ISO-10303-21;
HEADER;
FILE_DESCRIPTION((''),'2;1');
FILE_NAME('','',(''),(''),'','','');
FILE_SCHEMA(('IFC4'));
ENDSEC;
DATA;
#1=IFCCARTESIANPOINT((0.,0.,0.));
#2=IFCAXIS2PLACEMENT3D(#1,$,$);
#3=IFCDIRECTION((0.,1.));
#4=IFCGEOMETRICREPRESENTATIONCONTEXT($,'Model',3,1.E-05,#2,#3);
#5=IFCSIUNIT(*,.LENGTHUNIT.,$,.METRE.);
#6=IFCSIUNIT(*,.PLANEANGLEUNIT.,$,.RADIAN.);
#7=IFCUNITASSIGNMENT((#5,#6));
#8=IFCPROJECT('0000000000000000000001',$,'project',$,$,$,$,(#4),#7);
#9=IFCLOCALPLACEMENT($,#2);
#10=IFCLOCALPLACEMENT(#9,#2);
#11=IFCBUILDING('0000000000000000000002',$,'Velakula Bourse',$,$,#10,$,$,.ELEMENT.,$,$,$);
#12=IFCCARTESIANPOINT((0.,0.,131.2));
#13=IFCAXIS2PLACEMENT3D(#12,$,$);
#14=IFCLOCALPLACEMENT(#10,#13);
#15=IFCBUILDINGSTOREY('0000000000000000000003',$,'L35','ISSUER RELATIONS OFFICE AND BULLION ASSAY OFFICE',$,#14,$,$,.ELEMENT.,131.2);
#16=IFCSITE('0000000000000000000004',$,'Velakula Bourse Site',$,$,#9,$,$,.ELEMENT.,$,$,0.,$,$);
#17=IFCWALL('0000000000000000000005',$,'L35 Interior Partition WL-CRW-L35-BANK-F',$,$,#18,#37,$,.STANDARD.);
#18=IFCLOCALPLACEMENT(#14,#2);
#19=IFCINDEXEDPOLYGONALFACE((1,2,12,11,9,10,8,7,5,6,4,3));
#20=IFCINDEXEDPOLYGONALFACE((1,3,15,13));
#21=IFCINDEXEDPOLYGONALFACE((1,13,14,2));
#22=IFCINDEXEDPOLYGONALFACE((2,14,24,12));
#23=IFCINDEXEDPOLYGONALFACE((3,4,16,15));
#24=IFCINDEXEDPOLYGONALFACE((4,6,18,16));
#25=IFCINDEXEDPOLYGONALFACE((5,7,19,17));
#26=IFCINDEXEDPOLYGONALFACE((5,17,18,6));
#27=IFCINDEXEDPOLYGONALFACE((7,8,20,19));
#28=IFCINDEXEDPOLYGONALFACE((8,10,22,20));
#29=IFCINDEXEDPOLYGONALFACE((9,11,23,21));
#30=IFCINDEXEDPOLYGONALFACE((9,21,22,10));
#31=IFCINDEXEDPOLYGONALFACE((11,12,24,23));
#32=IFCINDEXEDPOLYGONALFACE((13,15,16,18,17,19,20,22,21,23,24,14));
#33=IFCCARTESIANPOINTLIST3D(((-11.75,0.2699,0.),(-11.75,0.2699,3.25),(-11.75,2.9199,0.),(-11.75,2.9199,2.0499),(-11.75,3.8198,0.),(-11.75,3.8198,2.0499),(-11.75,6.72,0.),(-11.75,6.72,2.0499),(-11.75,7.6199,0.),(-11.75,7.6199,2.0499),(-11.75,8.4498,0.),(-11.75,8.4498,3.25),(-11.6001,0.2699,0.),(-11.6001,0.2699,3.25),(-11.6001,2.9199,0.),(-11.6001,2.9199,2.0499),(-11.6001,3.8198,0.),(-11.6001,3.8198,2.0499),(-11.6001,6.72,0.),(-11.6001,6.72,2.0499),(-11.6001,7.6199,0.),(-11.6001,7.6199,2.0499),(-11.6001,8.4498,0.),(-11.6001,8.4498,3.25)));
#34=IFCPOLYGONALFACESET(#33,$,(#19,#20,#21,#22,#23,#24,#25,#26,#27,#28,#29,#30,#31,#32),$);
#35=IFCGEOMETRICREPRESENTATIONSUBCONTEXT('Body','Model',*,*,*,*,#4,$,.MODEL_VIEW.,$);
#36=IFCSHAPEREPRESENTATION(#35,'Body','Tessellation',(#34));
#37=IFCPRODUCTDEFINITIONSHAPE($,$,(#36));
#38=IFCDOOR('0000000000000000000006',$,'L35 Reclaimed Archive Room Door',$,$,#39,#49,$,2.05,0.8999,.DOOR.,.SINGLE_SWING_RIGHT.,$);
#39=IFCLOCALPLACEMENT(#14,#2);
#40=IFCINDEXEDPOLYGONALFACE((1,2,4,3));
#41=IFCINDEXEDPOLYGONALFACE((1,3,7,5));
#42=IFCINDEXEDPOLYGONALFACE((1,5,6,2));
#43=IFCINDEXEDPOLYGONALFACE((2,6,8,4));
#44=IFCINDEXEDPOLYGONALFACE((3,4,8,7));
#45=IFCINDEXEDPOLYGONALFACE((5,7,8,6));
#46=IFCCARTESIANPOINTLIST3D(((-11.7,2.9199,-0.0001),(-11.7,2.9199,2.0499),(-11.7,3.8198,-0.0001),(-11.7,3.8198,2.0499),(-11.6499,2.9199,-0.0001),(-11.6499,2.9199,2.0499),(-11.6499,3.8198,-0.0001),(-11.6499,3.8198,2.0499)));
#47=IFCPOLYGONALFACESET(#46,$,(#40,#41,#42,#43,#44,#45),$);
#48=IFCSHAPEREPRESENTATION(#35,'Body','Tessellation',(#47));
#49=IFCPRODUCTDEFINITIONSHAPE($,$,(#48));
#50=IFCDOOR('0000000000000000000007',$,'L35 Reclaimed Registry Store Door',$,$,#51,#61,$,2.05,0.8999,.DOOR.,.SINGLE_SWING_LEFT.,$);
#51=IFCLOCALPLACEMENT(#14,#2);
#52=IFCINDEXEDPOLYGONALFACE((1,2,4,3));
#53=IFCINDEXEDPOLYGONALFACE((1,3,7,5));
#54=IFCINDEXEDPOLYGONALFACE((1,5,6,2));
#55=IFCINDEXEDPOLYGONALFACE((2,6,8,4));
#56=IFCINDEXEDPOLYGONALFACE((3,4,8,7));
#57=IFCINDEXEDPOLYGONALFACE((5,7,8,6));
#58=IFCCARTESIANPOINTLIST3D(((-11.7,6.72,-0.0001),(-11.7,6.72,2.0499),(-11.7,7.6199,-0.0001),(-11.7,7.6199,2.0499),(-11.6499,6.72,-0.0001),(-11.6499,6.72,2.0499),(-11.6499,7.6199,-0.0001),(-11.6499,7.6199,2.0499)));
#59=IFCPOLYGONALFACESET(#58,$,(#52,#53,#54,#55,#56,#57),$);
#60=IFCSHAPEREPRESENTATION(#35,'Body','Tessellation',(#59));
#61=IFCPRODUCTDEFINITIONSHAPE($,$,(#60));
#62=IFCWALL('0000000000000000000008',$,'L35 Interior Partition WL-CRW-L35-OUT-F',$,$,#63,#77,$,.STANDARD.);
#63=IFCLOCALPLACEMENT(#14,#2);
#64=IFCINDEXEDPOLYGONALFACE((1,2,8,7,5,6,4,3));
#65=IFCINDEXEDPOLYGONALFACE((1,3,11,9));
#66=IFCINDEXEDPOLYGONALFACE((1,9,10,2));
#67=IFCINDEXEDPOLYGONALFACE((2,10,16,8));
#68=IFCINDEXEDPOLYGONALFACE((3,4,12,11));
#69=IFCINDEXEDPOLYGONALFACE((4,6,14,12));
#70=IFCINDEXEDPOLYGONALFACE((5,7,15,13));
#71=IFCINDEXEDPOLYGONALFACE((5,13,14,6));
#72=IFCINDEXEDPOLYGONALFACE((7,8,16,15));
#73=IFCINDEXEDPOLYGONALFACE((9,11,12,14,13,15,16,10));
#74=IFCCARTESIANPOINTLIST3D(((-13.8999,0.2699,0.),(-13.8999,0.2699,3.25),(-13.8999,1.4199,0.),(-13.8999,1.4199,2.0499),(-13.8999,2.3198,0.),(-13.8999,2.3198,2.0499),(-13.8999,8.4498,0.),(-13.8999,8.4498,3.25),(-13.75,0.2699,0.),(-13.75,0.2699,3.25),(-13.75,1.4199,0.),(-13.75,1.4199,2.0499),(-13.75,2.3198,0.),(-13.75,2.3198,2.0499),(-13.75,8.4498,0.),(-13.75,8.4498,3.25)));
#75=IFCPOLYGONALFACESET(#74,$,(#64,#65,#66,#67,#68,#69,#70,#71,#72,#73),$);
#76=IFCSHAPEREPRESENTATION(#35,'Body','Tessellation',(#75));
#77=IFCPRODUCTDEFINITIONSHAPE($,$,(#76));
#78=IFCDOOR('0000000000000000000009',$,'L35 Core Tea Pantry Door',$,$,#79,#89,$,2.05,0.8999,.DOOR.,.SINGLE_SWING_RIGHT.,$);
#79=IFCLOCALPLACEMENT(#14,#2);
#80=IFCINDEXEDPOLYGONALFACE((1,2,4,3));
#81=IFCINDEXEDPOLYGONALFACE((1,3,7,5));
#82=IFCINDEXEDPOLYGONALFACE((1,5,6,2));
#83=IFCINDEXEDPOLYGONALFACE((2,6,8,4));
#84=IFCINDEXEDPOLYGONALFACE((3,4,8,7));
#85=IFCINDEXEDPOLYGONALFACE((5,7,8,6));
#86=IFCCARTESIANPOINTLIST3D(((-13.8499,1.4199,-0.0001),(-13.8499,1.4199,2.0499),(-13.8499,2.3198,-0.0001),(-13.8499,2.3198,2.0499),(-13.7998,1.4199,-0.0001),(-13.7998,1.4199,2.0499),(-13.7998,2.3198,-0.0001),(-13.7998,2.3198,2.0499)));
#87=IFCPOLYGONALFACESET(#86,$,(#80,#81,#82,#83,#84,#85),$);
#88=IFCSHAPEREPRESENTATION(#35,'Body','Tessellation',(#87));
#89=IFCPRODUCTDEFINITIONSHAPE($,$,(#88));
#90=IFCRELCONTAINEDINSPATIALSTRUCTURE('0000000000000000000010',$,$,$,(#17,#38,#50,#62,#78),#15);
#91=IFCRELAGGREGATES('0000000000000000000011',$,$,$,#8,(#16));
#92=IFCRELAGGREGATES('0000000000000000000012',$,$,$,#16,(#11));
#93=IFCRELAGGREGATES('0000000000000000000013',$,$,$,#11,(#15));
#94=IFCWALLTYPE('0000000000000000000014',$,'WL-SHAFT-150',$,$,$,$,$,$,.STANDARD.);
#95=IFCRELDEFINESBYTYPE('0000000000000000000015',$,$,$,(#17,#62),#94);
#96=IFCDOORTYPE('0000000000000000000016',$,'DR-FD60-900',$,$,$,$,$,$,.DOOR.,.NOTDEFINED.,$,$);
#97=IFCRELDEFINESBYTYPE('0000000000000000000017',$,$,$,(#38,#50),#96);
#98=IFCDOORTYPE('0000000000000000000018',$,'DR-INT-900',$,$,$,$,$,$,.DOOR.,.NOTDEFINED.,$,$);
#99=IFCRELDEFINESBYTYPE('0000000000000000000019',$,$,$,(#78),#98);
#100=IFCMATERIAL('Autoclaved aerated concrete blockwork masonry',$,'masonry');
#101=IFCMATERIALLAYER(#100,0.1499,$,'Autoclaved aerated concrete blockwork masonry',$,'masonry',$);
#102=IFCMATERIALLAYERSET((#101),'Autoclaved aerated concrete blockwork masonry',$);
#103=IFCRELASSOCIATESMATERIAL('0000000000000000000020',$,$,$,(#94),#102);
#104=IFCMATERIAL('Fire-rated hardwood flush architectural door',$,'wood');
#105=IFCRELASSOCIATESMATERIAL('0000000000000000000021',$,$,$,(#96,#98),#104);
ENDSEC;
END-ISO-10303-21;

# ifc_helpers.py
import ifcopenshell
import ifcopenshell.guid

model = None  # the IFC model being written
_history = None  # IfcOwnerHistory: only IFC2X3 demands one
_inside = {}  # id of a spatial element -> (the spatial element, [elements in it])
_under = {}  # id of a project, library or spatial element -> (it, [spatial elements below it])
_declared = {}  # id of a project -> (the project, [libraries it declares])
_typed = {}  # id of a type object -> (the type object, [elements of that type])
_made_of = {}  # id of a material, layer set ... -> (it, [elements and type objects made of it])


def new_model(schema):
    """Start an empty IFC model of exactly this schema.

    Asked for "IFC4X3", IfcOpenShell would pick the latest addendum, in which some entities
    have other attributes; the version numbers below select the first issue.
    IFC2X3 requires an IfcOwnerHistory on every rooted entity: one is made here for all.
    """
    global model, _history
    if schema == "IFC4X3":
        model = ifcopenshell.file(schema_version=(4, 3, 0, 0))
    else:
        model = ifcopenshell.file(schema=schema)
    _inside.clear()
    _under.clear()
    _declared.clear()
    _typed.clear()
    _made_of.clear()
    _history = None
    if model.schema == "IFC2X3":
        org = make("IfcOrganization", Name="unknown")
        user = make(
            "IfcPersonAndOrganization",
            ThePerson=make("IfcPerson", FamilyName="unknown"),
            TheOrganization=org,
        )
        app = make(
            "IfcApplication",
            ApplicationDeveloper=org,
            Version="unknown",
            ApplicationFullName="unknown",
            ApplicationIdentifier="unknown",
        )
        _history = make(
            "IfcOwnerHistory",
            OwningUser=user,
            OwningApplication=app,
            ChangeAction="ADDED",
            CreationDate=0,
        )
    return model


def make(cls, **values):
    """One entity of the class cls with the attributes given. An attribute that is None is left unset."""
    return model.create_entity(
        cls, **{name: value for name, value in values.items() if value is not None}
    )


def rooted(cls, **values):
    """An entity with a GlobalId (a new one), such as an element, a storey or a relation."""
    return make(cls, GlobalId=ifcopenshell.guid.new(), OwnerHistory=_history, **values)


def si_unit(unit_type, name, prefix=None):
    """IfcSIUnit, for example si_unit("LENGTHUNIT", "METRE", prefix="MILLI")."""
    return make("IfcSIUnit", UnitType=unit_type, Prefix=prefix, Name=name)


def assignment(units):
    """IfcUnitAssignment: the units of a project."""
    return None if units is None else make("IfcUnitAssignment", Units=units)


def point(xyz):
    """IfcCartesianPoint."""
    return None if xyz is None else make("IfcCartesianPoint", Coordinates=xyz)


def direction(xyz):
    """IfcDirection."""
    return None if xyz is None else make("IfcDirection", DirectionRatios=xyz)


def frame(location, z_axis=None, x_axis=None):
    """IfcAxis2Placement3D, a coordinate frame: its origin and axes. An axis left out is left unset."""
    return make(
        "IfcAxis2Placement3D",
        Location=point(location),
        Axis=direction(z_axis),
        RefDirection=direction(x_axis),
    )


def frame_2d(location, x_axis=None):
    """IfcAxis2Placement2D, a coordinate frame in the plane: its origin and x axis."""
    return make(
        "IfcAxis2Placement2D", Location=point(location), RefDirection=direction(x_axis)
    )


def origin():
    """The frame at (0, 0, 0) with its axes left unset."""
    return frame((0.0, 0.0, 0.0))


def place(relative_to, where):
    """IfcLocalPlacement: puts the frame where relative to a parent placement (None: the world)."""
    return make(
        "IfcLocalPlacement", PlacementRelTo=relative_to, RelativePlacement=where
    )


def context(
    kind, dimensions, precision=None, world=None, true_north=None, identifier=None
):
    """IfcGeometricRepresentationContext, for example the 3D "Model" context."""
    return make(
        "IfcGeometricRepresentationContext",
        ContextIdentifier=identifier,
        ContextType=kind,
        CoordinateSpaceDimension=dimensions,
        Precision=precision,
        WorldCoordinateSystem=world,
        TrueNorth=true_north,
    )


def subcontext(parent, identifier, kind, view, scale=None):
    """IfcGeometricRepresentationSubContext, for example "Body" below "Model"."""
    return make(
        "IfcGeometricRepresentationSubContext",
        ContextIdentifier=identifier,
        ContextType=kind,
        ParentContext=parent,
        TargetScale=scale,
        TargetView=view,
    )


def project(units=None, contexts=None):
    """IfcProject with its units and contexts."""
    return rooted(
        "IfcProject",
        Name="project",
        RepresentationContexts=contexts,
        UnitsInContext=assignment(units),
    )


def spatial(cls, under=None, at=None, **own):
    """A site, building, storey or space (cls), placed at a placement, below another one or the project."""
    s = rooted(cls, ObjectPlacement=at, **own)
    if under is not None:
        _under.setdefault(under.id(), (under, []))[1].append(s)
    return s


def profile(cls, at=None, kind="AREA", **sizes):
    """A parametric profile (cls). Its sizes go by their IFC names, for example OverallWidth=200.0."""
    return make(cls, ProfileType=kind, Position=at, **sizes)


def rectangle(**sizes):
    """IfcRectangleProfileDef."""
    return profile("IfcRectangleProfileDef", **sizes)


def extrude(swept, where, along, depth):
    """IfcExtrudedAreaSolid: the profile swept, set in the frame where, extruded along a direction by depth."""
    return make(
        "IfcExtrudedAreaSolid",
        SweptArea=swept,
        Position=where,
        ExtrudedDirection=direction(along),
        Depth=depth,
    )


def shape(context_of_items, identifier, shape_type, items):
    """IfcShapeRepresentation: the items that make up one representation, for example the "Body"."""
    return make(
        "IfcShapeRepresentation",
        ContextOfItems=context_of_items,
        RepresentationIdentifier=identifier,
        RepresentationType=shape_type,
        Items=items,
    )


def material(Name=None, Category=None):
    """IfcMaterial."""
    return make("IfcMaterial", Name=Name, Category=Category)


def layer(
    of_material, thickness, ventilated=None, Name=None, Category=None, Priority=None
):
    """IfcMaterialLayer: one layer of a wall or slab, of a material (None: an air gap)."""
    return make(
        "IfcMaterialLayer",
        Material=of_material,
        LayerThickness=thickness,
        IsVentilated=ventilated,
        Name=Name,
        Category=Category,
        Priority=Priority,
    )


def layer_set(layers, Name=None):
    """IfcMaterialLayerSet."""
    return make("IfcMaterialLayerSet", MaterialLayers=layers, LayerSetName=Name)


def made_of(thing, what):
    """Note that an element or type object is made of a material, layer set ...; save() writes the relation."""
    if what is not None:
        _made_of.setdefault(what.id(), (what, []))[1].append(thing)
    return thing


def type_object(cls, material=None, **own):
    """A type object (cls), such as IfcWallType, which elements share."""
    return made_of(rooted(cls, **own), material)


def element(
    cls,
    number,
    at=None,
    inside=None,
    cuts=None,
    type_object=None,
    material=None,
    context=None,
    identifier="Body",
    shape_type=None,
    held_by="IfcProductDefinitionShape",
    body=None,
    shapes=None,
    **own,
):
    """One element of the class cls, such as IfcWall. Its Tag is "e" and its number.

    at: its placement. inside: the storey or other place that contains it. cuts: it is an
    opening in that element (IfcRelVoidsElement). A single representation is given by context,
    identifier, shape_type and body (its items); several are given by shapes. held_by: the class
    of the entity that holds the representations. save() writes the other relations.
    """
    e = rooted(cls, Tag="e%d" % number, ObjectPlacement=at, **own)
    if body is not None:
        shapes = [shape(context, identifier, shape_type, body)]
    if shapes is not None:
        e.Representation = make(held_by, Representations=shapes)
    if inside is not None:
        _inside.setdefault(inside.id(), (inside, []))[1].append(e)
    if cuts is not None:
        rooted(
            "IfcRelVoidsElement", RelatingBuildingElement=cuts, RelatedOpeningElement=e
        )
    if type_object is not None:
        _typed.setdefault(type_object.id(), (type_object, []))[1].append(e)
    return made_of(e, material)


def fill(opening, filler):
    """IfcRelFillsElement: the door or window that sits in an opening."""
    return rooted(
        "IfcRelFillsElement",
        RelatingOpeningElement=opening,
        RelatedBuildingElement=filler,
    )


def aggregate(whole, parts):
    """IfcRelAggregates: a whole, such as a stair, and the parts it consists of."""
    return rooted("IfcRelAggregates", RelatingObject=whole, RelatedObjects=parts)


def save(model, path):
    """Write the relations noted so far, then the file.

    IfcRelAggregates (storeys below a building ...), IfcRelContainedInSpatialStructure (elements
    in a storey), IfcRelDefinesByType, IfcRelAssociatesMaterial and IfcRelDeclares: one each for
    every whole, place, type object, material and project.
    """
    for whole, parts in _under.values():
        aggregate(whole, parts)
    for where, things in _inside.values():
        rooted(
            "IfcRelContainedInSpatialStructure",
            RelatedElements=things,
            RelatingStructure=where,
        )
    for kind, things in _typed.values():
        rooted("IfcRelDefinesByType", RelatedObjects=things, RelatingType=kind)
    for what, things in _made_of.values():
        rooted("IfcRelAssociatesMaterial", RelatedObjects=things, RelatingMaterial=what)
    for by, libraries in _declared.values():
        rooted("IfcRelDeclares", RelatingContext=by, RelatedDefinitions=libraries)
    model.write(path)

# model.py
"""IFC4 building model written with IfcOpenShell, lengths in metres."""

from ifc_helpers import new_model, si_unit, direction, frame, frame_2d, origin, place, context, subcontext, project, spatial, rectangle, extrude, material, layer, layer_set, type_object, element, fill, save


model = new_model("IFC4")

# Units and contexts
model_context = context("Model", 3, precision=1e-05, world=origin(), true_north=direction((0.0, 1.0)))
body_context = subcontext(model_context, "Body", "Model", "MODEL_VIEW")
ifc_project = project(units=[si_unit("LENGTHUNIT", "METRE"), si_unit("PLANEANGLEUNIT", "RADIAN")], contexts=[model_context])

# Site, building, storey
site_placement = place(None, origin())
site = spatial("IfcSite", under=ifc_project, at=site_placement, Name="Velakula Bourse Site", CompositionType="ELEMENT", RefElevation=0.0)
building_placement = place(site_placement, origin())
building = spatial("IfcBuilding", under=site, at=building_placement, Name="Velakula Bourse", CompositionType="ELEMENT")
storey_placement = place(building_placement, frame((0.0, 0.0, 131.2)))
storey = spatial("IfcBuildingStorey", under=building, at=storey_placement, Name="L35", Description="ISSUER RELATIONS OFFICE AND BULLION ASSAY OFFICE", CompositionType="ELEMENT", Elevation=131.2)

# Shared definitions
ifc_material_1 = material(Name="Fire-rated hardwood flush architectural door", Category="wood")

# Shared definitions
ifc_material_2 = material(Name="Autoclaved aerated concrete blockwork masonry", Category="masonry")
ifc_layer_1 = layer(ifc_material_2, 0.1499, Name="Autoclaved aerated concrete blockwork masonry", Category="masonry")
ifc_layer_set_1 = layer_set([ifc_layer_1], Name="Autoclaved aerated concrete blockwork masonry")
wall_type_1 = type_object("IfcWallType", Name="WL-SHAFT-150", PredefinedType="STANDARD", material=ifc_layer_set_1)

# Wall, openings, doors
wall_1_placement = place(storey_placement, frame((-11.675, 0.27, 0.0), z_axis=(0.0, 0.0, 1.0), x_axis=(0.0, 1.0, 0.0)))
wall_1 = element("IfcWall", 1, at=wall_1_placement, inside=storey, type_object=wall_type_1, Name="L35 Interior Partition WL-CRW-L35-BANK-F", PredefinedType="STANDARD", context=body_context, shape_type="SweptSolid", body=[
    extrude(rectangle(XDim=8.1799, YDim=0.1499, at=frame_2d((4.0898, 0.0))), origin(), (0.0, 0.0, 1.0), 3.25),
])
opening_1_placement = place(wall_1_placement, frame((2.6499, 0.0, 0.0)))
opening_1 = element("IfcOpeningElement", 2, at=opening_1_placement, cuts=wall_1, PredefinedType="OPENING", context=body_context, shape_type="SweptSolid", body=[
    extrude(rectangle(XDim=0.8999, YDim=2.05, at=frame_2d((0.45, 1.0249))), frame((0.0, 0.085, 0.0), z_axis=(0.0, -1.0, 0.0), x_axis=(1.0, 0.0, 0.0)), (0.0, 0.0, 1.0), 0.1699),
])
opening_2_placement = place(wall_1_placement, frame((6.45, 0.0, 0.0)))
opening_2 = element("IfcOpeningElement", 3, at=opening_2_placement, cuts=wall_1, PredefinedType="OPENING", context=body_context, shape_type="SweptSolid", body=[
    extrude(rectangle(XDim=0.8999, YDim=2.05, at=frame_2d((0.45, 1.0249))), frame((0.0, 0.085, 0.0), z_axis=(0.0, -1.0, 0.0), x_axis=(1.0, 0.0, 0.0)), (0.0, 0.0, 1.0), 0.1699),
])
door_type_1 = type_object("IfcDoorType", Name="DR-FD60-900", OperationType="NOTDEFINED", PredefinedType="DOOR", material=ifc_material_1)
door_1_placement = place(opening_1_placement, origin())
door_1 = element("IfcDoor", 4, at=door_1_placement, inside=storey, type_object=door_type_1, Name="L35 Reclaimed Archive Room Door", OperationType="SINGLE_SWING_RIGHT", OverallHeight=2.05, OverallWidth=0.8999, PredefinedType="DOOR", context=body_context, shape_type="SweptSolid", body=[
    extrude(rectangle(XDim=0.8999, YDim=2.05, at=frame_2d((0.45, 1.0249))), frame((0.0, 0.0249, 0.0), z_axis=(0.0, -1.0, 0.0), x_axis=(1.0, 0.0, 0.0)), (0.0, 0.0, 1.0), 0.05),
])
fill(opening_1, door_1)
door_2_placement = place(opening_2_placement, origin())
door_2 = element("IfcDoor", 5, at=door_2_placement, inside=storey, type_object=door_type_1, Name="L35 Reclaimed Registry Store Door", OperationType="SINGLE_SWING_LEFT", OverallHeight=2.05, OverallWidth=0.8999, PredefinedType="DOOR", context=body_context, shape_type="SweptSolid", body=[
    extrude(rectangle(XDim=0.8999, YDim=2.05, at=frame_2d((0.45, 1.0249))), frame((0.0, 0.0249, 0.0), z_axis=(0.0, -1.0, 0.0), x_axis=(1.0, 0.0, 0.0)), (0.0, 0.0, 1.0), 0.05),
])
fill(opening_2, door_2)

# Wall, opening, door
wall_2_placement = place(storey_placement, frame((-13.825, 0.27, 0.0), z_axis=(0.0, 0.0, 1.0), x_axis=(0.0, 1.0, 0.0)))
wall_2 = element("IfcWall", 6, at=wall_2_placement, inside=storey, type_object=wall_type_1, Name="L35 Interior Partition WL-CRW-L35-OUT-F", PredefinedType="STANDARD", context=body_context, shape_type="SweptSolid", body=[
    extrude(rectangle(XDim=8.1799, YDim=0.1499, at=frame_2d((4.0898, 0.0))), origin(), (0.0, 0.0, 1.0), 3.25),
])
opening_3_placement = place(wall_2_placement, frame((1.1499, 0.0, 0.0)))
opening_3 = element("IfcOpeningElement", 7, at=opening_3_placement, cuts=wall_2, PredefinedType="OPENING", context=body_context, shape_type="SweptSolid", body=[
    extrude(rectangle(XDim=0.8999, YDim=2.05, at=frame_2d((0.45, 1.0249))), frame((0.0, 0.085, 0.0), z_axis=(0.0, -1.0, 0.0), x_axis=(1.0, 0.0, 0.0)), (0.0, 0.0, 1.0), 0.1699),
])
door_type_2 = type_object("IfcDoorType", Name="DR-INT-900", OperationType="NOTDEFINED", PredefinedType="DOOR", material=ifc_material_1)
door_3_placement = place(opening_3_placement, origin())
door_3 = element("IfcDoor", 8, at=door_3_placement, inside=storey, type_object=door_type_2, Name="L35 Core Tea Pantry Door", OperationType="SINGLE_SWING_RIGHT", OverallHeight=2.05, OverallWidth=0.8999, PredefinedType="DOOR", context=body_context, shape_type="SweptSolid", body=[
    extrude(rectangle(XDim=0.8999, YDim=2.05, at=frame_2d((0.45, 1.0249))), frame((0.0, 0.0249, 0.0), z_axis=(0.0, -1.0, 0.0), x_axis=(1.0, 0.0, 0.0)), (0.0, 0.0, 1.0), 0.05),
])
fill(opening_3, door_3)

save(model, "model.ifc")
